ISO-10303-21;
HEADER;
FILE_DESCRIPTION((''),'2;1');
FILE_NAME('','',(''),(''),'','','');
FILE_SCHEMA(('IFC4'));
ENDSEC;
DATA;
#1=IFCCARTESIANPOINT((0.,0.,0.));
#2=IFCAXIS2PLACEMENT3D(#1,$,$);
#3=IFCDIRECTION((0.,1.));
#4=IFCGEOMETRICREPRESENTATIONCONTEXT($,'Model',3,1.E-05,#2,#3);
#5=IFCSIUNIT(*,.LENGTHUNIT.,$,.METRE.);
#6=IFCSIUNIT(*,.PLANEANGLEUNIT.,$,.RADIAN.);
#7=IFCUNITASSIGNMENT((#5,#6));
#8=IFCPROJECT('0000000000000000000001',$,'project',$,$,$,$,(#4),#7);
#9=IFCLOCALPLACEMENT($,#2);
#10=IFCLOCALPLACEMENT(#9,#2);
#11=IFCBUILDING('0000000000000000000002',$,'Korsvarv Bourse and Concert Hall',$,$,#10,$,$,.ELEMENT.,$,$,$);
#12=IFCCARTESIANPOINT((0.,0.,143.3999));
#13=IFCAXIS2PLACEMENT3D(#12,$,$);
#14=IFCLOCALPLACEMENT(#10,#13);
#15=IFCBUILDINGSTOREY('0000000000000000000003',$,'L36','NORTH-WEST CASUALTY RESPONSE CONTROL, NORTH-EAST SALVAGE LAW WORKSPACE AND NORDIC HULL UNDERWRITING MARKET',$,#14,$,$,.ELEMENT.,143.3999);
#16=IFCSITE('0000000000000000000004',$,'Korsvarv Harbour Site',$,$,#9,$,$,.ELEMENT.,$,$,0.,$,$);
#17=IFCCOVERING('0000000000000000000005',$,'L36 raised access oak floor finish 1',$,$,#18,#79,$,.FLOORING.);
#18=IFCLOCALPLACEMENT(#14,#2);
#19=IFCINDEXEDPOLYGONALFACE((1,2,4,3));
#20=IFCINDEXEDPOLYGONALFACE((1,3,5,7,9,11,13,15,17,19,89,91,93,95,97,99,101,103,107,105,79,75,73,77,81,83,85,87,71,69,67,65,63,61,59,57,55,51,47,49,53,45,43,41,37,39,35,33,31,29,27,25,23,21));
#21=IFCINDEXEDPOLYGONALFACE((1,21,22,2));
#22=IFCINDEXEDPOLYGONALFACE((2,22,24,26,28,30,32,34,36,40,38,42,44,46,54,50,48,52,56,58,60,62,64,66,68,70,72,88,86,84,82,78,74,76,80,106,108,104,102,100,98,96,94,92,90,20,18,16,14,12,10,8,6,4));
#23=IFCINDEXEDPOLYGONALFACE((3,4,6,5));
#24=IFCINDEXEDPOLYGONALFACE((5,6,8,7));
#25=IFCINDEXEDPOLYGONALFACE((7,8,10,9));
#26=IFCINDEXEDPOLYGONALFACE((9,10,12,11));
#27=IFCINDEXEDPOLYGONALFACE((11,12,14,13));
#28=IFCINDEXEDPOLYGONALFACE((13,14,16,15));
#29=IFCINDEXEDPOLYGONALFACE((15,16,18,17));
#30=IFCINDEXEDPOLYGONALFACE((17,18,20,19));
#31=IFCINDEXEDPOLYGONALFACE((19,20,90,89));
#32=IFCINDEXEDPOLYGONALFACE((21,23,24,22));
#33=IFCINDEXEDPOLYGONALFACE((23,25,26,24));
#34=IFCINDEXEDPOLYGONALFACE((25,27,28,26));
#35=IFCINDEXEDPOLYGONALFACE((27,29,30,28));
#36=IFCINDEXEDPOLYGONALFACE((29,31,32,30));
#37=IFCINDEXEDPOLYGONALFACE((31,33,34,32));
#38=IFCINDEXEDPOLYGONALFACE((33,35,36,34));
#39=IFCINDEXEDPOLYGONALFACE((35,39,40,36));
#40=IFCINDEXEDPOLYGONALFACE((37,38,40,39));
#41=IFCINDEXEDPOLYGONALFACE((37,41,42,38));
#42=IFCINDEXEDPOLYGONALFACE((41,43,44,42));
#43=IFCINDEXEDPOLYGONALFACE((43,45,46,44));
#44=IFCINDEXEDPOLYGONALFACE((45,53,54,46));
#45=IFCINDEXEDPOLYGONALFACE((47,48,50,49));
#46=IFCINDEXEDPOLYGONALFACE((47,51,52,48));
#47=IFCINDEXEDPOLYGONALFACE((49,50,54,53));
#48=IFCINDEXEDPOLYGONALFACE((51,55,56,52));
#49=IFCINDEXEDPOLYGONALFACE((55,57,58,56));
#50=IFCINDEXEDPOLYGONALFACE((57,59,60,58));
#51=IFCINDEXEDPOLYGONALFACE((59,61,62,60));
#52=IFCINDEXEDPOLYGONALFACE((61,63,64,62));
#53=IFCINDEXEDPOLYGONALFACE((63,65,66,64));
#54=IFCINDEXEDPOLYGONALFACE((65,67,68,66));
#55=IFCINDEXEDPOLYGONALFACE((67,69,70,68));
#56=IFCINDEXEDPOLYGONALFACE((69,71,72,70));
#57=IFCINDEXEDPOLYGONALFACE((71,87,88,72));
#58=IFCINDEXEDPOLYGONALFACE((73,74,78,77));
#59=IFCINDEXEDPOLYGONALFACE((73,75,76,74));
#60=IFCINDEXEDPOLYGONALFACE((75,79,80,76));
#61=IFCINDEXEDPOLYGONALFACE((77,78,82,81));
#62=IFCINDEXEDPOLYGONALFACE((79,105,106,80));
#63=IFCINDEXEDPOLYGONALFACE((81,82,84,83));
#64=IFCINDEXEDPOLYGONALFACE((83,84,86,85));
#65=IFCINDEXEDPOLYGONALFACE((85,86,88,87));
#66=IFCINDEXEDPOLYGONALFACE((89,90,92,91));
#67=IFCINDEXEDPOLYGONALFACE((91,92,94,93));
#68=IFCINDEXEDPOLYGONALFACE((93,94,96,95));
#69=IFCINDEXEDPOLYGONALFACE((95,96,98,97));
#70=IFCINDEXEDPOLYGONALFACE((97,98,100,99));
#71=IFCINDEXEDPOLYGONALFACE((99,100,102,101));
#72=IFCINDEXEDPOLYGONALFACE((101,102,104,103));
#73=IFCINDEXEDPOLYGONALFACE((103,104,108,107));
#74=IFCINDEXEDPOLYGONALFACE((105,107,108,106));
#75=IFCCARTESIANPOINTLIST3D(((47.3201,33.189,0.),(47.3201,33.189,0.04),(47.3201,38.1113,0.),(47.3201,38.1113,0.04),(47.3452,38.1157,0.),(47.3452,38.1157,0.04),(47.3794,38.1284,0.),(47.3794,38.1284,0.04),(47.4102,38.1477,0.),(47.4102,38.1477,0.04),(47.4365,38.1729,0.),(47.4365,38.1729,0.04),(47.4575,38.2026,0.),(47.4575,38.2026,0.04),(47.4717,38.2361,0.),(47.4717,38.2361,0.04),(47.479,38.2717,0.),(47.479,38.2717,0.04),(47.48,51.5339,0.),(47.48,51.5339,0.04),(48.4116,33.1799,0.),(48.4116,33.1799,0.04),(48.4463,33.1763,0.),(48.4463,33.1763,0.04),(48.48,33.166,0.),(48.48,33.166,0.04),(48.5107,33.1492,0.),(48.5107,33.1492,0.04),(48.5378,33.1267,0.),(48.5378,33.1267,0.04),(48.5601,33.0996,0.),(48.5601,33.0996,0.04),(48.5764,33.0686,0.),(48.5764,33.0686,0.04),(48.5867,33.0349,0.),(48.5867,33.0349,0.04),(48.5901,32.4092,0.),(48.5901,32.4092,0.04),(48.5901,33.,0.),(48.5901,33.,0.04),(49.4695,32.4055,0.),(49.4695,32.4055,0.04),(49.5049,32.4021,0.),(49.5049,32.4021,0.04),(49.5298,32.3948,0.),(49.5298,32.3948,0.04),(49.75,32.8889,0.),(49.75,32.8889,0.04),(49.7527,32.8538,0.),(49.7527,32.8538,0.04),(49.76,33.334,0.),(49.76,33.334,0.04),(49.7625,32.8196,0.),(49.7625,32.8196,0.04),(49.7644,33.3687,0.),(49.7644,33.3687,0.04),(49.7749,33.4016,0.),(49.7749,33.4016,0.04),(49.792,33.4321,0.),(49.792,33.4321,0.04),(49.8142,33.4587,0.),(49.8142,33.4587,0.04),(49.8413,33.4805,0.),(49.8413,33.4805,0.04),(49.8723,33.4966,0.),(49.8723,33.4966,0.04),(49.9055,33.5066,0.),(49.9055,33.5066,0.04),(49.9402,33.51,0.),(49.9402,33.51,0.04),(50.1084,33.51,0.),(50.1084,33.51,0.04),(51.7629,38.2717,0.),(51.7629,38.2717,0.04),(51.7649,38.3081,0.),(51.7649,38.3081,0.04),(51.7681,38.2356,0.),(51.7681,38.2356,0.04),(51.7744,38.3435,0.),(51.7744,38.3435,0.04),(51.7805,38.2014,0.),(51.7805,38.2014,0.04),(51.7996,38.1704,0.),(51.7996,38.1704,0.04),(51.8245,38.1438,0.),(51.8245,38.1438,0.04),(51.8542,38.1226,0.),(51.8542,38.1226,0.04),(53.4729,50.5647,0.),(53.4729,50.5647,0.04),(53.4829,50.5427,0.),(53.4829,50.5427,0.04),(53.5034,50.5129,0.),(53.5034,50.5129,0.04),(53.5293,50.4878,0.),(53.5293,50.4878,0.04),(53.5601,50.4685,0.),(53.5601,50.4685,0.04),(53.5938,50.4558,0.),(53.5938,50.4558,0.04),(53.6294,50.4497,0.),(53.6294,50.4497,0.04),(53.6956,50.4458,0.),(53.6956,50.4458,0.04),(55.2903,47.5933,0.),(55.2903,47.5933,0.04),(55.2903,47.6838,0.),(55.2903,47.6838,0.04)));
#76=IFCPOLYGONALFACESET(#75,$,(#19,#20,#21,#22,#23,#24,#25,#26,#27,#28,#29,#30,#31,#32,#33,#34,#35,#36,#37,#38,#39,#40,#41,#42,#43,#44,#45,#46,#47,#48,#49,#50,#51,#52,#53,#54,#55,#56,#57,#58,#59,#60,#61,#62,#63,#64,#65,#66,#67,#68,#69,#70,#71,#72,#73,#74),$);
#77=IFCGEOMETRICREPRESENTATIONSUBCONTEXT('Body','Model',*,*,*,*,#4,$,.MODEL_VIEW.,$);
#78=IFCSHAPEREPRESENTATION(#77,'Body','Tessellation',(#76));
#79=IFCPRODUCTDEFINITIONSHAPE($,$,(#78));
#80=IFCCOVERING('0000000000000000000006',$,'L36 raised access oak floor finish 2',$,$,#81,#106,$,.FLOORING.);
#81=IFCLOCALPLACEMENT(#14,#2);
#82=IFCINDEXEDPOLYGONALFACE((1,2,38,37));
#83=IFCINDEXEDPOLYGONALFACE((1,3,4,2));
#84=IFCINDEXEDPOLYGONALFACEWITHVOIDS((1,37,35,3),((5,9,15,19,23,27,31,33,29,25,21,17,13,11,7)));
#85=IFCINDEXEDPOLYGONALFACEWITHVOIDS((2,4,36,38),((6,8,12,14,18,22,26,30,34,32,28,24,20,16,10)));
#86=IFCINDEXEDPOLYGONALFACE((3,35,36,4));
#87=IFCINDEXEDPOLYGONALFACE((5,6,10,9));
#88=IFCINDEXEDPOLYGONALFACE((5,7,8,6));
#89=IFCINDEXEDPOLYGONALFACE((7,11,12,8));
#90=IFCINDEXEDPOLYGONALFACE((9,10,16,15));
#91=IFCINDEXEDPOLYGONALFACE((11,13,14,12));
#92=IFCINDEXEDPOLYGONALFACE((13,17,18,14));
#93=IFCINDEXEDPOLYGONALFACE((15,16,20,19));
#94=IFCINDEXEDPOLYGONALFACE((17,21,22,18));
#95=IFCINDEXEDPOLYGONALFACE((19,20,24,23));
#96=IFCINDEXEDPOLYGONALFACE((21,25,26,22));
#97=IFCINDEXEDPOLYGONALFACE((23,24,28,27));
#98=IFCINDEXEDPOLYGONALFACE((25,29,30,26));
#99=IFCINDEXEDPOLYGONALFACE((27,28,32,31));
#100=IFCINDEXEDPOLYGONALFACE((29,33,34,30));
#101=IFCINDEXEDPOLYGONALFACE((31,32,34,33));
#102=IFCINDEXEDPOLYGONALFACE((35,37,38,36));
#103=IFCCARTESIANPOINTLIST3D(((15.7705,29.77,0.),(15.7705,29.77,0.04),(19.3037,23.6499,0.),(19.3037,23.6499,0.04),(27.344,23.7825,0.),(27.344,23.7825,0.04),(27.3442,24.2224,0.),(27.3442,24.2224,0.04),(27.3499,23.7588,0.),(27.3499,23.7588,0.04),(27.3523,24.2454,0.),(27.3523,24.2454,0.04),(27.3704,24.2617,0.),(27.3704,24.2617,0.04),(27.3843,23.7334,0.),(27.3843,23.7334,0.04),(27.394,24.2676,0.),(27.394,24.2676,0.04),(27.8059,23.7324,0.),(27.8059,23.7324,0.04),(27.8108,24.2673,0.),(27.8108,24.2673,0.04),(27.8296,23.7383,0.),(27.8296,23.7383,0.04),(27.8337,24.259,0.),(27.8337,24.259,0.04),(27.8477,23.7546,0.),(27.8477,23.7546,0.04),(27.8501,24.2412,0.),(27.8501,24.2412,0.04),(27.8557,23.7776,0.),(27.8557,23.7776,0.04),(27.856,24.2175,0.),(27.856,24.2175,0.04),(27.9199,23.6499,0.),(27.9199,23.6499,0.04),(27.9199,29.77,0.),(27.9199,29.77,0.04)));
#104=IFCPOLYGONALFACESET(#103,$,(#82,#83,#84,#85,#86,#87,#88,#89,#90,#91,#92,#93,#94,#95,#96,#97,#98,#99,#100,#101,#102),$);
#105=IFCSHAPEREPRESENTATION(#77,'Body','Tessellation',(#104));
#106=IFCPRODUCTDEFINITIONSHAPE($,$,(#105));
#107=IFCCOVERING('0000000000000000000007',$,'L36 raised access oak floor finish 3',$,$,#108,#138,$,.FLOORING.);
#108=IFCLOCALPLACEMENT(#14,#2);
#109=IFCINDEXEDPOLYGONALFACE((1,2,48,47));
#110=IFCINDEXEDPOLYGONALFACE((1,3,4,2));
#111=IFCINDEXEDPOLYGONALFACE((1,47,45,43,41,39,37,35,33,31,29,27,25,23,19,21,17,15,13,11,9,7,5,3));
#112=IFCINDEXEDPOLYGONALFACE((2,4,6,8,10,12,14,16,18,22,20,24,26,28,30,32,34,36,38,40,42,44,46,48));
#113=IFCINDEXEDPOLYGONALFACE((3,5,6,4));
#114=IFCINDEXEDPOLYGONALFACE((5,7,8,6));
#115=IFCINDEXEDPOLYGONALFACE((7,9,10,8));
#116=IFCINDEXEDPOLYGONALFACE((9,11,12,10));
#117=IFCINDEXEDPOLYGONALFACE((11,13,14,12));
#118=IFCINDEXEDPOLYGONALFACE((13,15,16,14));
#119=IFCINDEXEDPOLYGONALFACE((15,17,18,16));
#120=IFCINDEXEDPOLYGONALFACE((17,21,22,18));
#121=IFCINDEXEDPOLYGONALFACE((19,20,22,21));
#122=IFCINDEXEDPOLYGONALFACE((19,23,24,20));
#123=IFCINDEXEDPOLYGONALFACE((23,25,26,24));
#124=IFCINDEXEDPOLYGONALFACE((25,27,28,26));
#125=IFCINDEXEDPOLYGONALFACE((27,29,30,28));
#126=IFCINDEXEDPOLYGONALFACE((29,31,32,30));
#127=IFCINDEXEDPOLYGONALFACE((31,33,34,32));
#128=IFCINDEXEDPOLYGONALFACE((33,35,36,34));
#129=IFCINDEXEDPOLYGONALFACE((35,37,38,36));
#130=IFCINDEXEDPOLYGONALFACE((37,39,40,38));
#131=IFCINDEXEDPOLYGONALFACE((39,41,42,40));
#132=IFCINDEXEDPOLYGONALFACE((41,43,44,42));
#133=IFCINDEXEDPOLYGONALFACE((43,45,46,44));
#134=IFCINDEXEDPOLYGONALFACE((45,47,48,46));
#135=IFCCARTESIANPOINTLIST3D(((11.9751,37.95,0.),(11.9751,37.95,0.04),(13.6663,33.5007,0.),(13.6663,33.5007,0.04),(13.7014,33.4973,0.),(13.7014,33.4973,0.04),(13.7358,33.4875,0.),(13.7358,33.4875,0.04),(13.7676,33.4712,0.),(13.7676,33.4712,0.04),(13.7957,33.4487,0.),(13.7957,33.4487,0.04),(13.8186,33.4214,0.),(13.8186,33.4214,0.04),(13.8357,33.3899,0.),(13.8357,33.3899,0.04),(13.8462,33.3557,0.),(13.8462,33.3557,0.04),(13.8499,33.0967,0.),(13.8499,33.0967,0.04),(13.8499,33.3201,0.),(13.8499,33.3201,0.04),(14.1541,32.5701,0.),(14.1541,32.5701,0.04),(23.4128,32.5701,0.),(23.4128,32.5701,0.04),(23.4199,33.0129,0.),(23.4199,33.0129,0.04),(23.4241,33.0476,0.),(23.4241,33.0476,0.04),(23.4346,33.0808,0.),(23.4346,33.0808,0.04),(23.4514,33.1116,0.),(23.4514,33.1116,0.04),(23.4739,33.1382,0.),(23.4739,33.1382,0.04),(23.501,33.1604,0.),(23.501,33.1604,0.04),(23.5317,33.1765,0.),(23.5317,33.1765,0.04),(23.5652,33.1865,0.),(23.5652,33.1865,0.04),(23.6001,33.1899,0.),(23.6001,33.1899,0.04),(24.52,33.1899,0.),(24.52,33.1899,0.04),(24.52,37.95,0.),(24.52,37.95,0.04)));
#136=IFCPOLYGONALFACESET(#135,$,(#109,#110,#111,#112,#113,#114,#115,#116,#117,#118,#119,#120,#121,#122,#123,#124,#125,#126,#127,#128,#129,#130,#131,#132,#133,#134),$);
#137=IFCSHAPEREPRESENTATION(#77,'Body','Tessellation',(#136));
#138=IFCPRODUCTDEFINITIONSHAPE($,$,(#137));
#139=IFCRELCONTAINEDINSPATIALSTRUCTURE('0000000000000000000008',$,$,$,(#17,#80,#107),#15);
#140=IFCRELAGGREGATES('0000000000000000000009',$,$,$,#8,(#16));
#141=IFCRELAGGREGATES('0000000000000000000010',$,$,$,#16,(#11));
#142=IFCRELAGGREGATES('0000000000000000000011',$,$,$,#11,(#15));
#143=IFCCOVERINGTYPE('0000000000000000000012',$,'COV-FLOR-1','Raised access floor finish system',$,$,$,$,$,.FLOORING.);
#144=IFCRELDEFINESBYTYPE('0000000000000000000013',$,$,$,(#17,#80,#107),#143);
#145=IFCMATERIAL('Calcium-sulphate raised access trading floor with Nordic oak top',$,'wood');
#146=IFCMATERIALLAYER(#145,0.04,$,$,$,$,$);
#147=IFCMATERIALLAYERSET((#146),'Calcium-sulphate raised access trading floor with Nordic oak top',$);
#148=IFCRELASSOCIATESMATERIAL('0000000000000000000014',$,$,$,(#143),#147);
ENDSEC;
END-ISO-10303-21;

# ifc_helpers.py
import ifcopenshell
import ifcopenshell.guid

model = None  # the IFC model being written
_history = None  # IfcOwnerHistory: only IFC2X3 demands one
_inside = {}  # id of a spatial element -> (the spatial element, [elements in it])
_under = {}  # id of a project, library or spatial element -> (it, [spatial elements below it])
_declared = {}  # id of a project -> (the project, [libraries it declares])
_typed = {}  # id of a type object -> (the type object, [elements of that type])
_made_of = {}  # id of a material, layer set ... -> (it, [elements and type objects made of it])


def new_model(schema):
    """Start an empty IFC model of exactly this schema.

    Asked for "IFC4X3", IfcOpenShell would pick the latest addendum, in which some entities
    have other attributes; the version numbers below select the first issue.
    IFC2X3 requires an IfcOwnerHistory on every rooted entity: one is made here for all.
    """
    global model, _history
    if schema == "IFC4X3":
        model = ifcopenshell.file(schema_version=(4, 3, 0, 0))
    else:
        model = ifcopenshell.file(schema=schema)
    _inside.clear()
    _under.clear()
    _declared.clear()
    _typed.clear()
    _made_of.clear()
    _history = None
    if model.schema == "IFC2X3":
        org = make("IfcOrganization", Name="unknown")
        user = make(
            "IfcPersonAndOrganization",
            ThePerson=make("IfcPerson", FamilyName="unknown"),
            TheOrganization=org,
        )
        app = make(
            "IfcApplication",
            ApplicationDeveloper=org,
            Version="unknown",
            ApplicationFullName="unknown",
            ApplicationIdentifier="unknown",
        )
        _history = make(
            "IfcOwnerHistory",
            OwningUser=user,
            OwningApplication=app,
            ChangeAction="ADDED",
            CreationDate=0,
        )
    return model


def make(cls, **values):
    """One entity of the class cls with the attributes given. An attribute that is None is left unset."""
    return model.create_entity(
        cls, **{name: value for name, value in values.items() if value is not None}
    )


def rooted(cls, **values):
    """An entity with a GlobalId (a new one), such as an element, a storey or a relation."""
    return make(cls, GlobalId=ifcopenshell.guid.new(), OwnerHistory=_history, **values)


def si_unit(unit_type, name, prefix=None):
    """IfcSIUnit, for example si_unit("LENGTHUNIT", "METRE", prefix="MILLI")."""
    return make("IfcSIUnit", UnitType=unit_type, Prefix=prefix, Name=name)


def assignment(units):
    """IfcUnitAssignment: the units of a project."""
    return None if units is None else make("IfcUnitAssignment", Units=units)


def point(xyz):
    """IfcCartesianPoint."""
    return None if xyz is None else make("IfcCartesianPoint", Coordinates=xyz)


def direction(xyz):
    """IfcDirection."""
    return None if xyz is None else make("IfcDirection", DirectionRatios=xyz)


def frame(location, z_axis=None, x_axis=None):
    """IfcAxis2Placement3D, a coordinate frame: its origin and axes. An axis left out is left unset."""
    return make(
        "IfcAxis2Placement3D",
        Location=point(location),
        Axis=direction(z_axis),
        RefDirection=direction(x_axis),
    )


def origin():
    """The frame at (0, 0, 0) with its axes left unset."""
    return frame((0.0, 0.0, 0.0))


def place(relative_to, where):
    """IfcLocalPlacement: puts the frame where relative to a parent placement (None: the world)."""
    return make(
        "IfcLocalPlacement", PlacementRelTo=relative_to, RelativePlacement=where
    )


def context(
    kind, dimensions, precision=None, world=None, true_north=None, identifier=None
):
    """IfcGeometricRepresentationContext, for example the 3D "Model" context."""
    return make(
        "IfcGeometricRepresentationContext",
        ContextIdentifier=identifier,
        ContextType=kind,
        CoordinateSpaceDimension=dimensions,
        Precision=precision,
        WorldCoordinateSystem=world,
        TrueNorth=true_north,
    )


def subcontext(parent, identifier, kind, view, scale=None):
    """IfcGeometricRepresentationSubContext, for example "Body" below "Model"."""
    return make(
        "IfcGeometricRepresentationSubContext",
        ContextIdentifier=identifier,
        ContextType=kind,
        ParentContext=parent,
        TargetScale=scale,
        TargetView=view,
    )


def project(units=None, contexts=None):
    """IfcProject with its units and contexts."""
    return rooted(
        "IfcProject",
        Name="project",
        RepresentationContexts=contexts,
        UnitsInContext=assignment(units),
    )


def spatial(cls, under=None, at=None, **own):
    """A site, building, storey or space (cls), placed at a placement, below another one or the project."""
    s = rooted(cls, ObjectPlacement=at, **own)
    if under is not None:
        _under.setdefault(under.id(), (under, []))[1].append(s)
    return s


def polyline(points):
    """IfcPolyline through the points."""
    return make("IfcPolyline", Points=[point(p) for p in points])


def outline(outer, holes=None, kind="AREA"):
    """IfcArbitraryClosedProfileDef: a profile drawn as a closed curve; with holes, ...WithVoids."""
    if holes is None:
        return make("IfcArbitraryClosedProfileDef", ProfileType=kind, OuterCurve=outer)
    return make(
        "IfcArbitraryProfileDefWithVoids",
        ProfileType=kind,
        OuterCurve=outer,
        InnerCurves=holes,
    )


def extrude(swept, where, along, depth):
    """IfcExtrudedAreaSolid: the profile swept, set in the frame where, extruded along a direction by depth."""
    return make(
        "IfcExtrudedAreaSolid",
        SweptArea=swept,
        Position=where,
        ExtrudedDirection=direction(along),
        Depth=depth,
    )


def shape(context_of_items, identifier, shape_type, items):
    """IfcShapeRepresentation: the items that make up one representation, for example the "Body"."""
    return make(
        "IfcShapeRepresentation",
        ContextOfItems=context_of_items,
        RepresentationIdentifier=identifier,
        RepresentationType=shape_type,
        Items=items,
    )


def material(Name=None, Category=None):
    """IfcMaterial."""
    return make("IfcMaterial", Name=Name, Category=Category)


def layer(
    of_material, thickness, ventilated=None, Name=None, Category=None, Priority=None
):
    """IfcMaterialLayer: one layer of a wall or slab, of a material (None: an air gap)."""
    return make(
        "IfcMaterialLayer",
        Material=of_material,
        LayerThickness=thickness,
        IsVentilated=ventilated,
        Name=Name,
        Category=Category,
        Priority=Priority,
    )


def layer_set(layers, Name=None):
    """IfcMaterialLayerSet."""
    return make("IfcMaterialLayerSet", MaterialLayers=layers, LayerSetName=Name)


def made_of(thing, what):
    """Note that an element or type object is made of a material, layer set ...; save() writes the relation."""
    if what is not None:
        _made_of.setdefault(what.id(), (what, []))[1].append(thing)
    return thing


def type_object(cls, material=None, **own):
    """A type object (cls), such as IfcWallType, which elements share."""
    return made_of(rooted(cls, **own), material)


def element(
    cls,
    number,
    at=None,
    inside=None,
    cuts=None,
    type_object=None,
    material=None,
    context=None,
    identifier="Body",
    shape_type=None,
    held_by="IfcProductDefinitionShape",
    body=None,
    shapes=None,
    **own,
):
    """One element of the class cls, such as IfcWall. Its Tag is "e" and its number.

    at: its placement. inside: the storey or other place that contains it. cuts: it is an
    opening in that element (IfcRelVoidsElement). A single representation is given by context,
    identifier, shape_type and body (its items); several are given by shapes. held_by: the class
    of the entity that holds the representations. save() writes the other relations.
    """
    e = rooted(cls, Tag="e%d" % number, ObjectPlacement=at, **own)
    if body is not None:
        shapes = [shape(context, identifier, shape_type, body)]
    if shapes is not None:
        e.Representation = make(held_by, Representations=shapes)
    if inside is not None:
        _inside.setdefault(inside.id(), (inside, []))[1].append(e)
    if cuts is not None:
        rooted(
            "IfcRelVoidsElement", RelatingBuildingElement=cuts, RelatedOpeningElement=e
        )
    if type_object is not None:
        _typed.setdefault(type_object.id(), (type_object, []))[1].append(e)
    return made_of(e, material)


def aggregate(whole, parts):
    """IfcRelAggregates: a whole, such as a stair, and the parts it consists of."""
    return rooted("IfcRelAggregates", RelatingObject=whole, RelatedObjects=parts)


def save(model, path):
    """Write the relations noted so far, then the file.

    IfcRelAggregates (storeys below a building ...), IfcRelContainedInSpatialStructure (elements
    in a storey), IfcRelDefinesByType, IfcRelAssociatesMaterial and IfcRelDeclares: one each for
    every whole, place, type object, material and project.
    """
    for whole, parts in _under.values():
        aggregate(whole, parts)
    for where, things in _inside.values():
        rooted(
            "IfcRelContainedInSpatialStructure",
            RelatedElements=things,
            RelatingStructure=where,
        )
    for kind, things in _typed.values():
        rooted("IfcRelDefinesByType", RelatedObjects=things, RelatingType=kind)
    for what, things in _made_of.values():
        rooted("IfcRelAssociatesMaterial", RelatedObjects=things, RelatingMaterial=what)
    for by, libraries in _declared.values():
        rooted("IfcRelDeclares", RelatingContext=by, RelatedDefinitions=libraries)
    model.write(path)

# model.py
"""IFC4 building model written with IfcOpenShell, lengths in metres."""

from ifc_helpers import new_model, si_unit, direction, frame, origin, place, context, subcontext, project, spatial, polyline, outline, extrude, material, layer, layer_set, type_object, element, save


model = new_model("IFC4")

# Units and contexts
model_context = context("Model", 3, precision=1e-05, world=origin(), true_north=direction((0.0, 1.0)))
body_context = subcontext(model_context, "Body", "Model", "MODEL_VIEW")
ifc_project = project(units=[si_unit("LENGTHUNIT", "METRE"), si_unit("PLANEANGLEUNIT", "RADIAN")], contexts=[model_context])

# Site, building, storey
site_placement = place(None, origin())
site = spatial("IfcSite", under=ifc_project, at=site_placement, Name="Korsvarv Harbour Site", CompositionType="ELEMENT", RefElevation=0.0)
building_placement = place(site_placement, origin())
building = spatial("IfcBuilding", under=site, at=building_placement, Name="Korsvarv Bourse and Concert Hall", CompositionType="ELEMENT")
storey_placement = place(building_placement, frame((0.0, 0.0, 143.3999)))
storey = spatial("IfcBuildingStorey", under=building, at=storey_placement, Name="L36", Description="NORTH-WEST CASUALTY RESPONSE CONTROL, NORTH-EAST SALVAGE LAW WORKSPACE AND NORDIC HULL UNDERWRITING MARKET", CompositionType="ELEMENT", Elevation=143.3999)

# Coverings
ifc_material_1 = material(Name="Calcium-sulphate raised access trading floor with Nordic oak top", Category="wood")
ifc_layer_1 = layer(ifc_material_1, 0.04)
ifc_layer_set_1 = layer_set([ifc_layer_1], Name="Calcium-sulphate raised access trading floor with Nordic oak top")
covering_type_1 = type_object("IfcCoveringType", Name="COV-FLOR-1", Description="Raised access floor finish system", PredefinedType="FLOORING", material=ifc_layer_set_1)
covering_1_placement = place(storey_placement, origin())
element("IfcCovering", 1, at=covering_1_placement, inside=storey, type_object=covering_type_1, Name="L36 raised access oak floor finish 1", PredefinedType="FLOORING", context=body_context, shape_type="SweptSolid", body=[
    extrude(outline(polyline([(47.3201, 38.1113), (47.3452, 38.1157), (47.3794, 38.1284), (47.4102, 38.1477), (47.4365, 38.1729), (47.4575, 38.2026), (47.4717, 38.2361), (47.479, 38.2717), (47.48, 51.5339), (53.4729, 50.5647), (53.4829, 50.5427), (53.5034, 50.5129), (53.5293, 50.4878), (53.5601, 50.4685), (53.5938, 50.4558), (53.6294, 50.4497), (53.6956, 50.4458), (55.2903, 47.6838), (55.2903, 47.5933), (51.7744, 38.3435), (51.7649, 38.3081), (51.7629, 38.2717), (51.7681, 38.2356), (51.7805, 38.2014), (51.7996, 38.1704), (51.8245, 38.1438), (51.8542, 38.1226), (50.1084, 33.51), (49.9402, 33.51), (49.9055, 33.5066), (49.8723, 33.4966), (49.8413, 33.4805), (49.8142, 33.4587), (49.792, 33.4321), (49.7749, 33.4016), (49.7644, 33.3687), (49.76, 33.334), (49.75, 32.8889), (49.7527, 32.8538), (49.7625, 32.8196), (49.5298, 32.3948), (49.5049, 32.4021), (49.4695, 32.4055), (48.5901, 32.4092), (48.5901, 33.0), (48.5867, 33.0349), (48.5764, 33.0686), (48.5601, 33.0996), (48.5378, 33.1267), (48.5107, 33.1492), (48.48, 33.166), (48.4463, 33.1763), (48.4116, 33.1799), (47.3201, 33.189), (47.3201, 38.1113)])), origin(), (0.0, 0.0, 1.0), 0.04),
])
covering_2_placement = place(storey_placement, origin())
element("IfcCovering", 2, at=covering_2_placement, inside=storey, type_object=covering_type_1, Name="L36 raised access oak floor finish 2", PredefinedType="FLOORING", context=body_context, shape_type="SweptSolid", body=[
    extrude(outline(polyline([(19.3037, 23.6499), (15.7705, 29.77), (27.9199, 29.77), (27.9199, 23.6499), (19.3037, 23.6499)]), holes=[polyline([(27.3843, 23.7334), (27.8059, 23.7324), (27.8296, 23.7383), (27.8477, 23.7546), (27.8557, 23.7776), (27.856, 24.2175), (27.8501, 24.2412), (27.8337, 24.259), (27.8108, 24.2673), (27.394, 24.2676), (27.3704, 24.2617), (27.3523, 24.2454), (27.3442, 24.2224), (27.344, 23.7825), (27.3499, 23.7588), (27.3843, 23.7334)])]), origin(), (0.0, 0.0, 1.0), 0.04),
])
covering_3_placement = place(storey_placement, origin())
element("IfcCovering", 3, at=covering_3_placement, inside=storey, type_object=covering_type_1, Name="L36 raised access oak floor finish 3", PredefinedType="FLOORING", context=body_context, shape_type="SweptSolid", body=[
    extrude(outline(polyline([(13.8499, 33.0967), (13.8499, 33.3201), (13.8462, 33.3557), (13.8357, 33.3899), (13.8186, 33.4214), (13.7957, 33.4487), (13.7676, 33.4712), (13.7358, 33.4875), (13.7014, 33.4973), (13.6663, 33.5007), (11.9751, 37.95), (24.52, 37.95), (24.52, 33.1899), (23.6001, 33.1899), (23.5652, 33.1865), (23.5317, 33.1765), (23.501, 33.1604), (23.4739, 33.1382), (23.4514, 33.1116), (23.4346, 33.0808), (23.4241, 33.0476), (23.4199, 33.0129), (23.4128, 32.5701), (14.1541, 32.5701), (13.8499, 33.0967)])), origin(), (0.0, 0.0, 1.0), 0.04),
])

save(model, "model.ifc")
